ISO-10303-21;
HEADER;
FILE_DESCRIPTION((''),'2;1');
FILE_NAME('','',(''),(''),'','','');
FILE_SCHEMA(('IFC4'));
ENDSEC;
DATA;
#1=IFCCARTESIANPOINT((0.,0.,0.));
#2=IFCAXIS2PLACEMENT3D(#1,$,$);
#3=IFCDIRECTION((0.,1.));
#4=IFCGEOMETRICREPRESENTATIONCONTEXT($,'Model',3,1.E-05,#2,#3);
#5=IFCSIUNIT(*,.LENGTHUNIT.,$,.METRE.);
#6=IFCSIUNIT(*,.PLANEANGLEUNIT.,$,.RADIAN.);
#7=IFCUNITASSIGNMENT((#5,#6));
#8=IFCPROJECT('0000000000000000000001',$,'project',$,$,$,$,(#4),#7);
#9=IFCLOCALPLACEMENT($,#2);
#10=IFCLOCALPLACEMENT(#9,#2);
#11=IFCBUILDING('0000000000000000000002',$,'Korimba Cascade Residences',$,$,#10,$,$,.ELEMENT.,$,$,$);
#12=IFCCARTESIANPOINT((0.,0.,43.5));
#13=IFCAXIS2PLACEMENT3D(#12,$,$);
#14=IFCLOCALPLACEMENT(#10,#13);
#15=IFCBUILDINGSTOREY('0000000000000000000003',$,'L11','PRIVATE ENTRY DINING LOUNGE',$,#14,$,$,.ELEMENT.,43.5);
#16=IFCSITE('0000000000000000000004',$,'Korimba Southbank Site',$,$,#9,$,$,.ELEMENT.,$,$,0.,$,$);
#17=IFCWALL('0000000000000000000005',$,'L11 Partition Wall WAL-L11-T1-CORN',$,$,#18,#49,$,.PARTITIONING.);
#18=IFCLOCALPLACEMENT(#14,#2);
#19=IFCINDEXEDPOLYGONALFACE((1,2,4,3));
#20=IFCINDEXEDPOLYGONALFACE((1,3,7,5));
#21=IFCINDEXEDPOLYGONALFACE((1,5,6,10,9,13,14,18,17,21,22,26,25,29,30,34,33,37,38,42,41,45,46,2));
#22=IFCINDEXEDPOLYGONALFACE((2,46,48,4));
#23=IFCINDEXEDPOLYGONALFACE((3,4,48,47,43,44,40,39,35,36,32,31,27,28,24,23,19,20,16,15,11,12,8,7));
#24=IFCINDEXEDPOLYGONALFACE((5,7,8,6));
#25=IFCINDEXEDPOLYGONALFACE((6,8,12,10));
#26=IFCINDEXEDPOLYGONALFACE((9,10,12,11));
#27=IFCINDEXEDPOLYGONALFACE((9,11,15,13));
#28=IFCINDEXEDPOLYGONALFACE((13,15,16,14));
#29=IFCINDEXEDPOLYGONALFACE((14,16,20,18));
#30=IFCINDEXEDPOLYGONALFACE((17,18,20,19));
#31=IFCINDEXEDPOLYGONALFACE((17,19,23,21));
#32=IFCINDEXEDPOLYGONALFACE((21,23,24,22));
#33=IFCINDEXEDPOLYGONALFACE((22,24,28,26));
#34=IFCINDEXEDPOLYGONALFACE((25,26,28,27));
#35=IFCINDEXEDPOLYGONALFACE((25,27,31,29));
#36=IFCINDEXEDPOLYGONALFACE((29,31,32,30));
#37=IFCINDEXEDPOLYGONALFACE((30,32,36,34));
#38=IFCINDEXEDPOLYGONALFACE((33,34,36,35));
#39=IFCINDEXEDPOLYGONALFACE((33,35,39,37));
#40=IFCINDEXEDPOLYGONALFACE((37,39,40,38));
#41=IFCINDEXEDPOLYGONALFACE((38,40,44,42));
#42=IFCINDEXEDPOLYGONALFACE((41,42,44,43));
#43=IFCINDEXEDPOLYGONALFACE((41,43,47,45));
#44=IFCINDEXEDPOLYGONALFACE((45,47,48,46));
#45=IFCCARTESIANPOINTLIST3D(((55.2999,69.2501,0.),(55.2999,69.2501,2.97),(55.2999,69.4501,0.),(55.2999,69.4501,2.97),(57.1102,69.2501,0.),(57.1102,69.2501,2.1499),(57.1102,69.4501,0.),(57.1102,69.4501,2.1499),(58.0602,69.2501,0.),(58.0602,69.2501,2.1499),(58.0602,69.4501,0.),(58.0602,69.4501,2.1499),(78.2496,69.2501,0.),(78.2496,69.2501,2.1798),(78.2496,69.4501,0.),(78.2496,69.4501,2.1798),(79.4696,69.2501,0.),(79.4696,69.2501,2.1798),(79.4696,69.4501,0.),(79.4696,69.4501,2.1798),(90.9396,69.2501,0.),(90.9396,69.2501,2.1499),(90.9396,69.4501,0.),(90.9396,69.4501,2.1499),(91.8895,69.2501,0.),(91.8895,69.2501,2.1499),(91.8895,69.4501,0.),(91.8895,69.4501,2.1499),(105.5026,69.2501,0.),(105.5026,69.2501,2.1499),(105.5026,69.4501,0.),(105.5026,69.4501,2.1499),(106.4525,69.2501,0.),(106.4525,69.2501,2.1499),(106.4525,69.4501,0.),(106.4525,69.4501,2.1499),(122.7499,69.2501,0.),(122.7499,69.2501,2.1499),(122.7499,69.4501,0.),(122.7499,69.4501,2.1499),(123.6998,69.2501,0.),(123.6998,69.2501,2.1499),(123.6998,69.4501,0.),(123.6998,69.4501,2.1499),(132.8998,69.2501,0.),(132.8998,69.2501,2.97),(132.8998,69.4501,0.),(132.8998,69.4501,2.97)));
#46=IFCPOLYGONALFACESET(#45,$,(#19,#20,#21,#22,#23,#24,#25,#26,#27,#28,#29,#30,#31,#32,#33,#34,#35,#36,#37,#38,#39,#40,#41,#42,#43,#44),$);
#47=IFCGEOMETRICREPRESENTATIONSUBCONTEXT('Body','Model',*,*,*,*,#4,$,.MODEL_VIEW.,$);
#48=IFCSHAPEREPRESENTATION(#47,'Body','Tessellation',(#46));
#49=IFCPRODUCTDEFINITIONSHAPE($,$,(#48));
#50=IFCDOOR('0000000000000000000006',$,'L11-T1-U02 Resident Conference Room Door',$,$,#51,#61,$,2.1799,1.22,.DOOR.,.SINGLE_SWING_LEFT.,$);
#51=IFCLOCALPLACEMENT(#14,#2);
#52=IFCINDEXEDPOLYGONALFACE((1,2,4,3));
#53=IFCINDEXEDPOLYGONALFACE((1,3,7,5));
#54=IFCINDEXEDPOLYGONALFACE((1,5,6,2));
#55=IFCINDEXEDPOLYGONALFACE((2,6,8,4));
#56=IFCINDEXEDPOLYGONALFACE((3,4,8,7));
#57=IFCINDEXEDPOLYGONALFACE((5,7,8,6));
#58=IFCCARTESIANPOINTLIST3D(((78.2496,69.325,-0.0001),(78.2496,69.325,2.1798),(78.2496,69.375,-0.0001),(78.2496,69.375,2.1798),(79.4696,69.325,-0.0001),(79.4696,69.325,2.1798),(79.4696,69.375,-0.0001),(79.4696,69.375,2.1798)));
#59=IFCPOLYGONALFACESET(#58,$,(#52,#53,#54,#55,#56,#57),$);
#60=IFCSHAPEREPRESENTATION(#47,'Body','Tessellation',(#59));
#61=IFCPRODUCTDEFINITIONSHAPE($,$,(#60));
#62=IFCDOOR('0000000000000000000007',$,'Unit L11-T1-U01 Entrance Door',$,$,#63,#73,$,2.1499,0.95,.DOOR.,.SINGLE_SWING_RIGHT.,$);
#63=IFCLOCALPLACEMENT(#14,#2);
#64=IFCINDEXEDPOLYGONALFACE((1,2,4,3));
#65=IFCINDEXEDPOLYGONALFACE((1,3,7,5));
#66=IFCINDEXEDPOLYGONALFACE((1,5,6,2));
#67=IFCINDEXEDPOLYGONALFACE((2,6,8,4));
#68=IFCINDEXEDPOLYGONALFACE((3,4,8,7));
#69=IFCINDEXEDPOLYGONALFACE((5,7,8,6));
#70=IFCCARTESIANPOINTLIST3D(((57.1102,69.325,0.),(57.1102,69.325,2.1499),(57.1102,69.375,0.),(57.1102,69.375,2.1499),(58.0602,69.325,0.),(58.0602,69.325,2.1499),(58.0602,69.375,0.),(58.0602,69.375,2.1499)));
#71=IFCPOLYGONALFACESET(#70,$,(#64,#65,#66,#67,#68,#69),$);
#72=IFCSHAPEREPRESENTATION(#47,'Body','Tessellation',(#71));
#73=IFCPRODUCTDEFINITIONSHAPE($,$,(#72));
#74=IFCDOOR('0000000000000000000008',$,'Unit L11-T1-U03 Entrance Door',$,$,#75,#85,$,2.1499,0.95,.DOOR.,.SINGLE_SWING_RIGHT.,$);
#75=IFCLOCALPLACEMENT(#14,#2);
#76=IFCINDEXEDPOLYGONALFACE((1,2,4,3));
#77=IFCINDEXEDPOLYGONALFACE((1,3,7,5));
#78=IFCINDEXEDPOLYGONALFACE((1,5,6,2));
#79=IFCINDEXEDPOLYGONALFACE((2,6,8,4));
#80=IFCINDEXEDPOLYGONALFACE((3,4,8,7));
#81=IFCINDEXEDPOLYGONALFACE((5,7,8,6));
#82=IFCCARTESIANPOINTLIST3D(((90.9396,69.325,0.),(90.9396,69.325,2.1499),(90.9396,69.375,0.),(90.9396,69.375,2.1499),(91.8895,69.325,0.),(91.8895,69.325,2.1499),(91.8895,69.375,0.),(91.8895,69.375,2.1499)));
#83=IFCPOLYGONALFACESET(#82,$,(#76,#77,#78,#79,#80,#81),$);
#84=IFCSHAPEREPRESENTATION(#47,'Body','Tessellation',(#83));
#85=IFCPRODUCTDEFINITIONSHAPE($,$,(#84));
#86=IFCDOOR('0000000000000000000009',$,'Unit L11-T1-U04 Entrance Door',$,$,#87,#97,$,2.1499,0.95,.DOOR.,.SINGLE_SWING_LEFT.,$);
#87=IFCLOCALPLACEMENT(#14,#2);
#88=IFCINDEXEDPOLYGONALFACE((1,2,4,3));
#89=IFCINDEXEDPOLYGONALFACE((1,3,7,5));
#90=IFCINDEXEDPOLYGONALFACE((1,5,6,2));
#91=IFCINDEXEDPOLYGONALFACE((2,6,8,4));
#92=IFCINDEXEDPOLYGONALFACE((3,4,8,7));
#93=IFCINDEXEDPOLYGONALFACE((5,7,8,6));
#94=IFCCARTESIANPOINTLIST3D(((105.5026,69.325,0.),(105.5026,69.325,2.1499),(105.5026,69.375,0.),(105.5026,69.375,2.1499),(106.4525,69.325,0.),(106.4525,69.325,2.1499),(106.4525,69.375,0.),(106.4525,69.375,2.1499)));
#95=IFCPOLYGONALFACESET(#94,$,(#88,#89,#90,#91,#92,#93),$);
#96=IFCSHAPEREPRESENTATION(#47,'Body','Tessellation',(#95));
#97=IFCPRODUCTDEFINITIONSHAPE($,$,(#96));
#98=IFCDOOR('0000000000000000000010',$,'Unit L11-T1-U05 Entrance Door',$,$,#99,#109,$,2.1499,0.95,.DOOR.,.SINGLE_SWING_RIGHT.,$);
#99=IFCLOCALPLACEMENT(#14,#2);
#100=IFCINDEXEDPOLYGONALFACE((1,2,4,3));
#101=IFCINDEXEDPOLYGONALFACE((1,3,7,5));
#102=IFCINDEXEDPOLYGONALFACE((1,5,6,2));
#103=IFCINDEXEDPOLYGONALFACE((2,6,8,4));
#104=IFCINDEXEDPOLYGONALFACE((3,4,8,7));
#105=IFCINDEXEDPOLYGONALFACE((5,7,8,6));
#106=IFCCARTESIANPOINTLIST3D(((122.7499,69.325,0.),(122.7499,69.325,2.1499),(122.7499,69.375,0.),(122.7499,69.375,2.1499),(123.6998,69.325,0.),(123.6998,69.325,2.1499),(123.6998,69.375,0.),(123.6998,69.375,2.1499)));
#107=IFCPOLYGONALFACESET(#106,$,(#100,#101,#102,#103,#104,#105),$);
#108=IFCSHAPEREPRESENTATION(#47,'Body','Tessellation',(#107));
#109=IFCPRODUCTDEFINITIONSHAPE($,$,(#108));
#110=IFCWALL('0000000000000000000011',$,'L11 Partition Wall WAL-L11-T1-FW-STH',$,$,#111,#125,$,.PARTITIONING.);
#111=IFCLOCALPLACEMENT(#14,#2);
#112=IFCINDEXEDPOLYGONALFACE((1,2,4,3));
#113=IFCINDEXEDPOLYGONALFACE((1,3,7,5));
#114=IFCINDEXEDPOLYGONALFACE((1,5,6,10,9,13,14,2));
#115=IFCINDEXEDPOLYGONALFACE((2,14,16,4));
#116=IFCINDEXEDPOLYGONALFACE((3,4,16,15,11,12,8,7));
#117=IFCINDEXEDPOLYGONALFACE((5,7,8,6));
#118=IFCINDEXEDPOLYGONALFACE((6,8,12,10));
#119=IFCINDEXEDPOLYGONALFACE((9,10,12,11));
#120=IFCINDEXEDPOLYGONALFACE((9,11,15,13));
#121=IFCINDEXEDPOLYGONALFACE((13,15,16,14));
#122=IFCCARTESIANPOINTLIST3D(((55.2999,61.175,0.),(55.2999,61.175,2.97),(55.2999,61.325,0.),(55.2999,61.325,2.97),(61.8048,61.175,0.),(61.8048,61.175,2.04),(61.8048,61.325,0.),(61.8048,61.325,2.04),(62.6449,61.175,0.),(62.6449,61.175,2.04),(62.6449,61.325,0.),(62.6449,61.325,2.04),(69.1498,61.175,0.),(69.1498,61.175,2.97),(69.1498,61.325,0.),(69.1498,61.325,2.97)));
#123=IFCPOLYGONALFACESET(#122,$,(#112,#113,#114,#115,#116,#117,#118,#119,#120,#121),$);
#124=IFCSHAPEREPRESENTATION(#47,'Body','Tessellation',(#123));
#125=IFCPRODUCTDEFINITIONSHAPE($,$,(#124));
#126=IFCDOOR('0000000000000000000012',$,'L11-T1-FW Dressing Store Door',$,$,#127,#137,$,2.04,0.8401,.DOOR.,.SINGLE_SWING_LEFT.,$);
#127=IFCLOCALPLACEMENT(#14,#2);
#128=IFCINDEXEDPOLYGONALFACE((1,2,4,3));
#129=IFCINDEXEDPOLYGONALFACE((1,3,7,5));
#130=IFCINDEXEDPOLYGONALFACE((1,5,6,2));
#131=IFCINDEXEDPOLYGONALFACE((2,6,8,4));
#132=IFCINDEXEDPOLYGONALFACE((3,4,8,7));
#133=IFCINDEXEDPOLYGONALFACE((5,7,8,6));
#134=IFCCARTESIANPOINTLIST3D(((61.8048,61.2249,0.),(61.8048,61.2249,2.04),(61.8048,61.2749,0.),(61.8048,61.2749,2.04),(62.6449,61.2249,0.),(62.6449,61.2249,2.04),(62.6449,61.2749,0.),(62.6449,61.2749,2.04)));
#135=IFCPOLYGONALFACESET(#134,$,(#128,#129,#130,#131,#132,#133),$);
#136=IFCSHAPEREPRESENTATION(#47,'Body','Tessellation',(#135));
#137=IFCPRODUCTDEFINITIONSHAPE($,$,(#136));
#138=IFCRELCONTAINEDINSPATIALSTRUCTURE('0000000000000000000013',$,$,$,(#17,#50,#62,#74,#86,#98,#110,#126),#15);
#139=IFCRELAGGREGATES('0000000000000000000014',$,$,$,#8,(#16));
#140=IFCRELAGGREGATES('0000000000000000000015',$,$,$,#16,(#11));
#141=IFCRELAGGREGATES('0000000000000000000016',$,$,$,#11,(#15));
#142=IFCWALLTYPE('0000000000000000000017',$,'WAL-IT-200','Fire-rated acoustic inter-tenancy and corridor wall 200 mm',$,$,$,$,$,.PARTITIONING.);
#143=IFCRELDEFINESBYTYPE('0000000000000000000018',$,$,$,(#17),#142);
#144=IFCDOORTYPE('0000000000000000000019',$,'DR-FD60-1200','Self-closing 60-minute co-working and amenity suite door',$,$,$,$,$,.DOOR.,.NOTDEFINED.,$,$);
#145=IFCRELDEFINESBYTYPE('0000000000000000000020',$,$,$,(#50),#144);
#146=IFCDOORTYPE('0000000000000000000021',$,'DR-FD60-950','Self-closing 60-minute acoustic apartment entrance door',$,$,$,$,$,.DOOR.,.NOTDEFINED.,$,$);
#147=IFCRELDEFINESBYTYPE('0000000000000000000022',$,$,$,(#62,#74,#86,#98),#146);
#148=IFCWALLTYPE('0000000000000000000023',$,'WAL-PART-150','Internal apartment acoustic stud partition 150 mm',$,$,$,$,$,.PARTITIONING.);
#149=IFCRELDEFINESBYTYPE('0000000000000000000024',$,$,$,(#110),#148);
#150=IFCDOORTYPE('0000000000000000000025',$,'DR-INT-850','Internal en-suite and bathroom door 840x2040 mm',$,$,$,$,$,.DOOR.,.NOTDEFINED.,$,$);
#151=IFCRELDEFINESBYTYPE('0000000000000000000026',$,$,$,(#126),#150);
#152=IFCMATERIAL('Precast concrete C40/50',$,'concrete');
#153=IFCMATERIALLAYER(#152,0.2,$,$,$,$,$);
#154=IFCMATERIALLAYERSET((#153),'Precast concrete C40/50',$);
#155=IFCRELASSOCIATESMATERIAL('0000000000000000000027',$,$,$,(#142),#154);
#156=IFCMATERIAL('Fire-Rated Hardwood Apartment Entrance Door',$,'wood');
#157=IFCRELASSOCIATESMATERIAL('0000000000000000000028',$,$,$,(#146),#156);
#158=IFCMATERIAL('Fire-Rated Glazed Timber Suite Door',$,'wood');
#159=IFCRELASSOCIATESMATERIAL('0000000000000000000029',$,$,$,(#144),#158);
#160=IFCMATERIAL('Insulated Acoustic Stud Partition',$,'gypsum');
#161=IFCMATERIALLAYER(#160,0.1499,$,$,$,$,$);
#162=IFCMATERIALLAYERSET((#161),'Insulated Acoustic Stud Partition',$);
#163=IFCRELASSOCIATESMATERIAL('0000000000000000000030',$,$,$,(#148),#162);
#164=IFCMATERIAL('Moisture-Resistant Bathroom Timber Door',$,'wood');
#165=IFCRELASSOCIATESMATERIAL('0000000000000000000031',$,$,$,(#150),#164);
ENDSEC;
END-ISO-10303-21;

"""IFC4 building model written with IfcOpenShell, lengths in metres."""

from ifc_helpers import new_model, si_unit, direction, frame, frame_2d, origin, place, context, subcontext, project, spatial, rectangle, extrude, material, layer, layer_set, type_object, element, fill, save


model = new_model("IFC4")

# Units and contexts
model_context = context("Model", 3, precision=1e-05, world=origin(), true_north=direction((0.0, 1.0)))
body_context = subcontext(model_context, "Body", "Model", "MODEL_VIEW")
ifc_project = project(units=[si_unit("LENGTHUNIT", "METRE"), si_unit("PLANEANGLEUNIT", "RADIAN")], contexts=[model_context])

# Site, building, storey
site_placement = place(None, origin())
site = spatial("IfcSite", under=ifc_project, at=site_placement, Name="Korimba Southbank Site", CompositionType="ELEMENT", RefElevation=0.0)
building_placement = place(site_placement, origin())
building = spatial("IfcBuilding", under=site, at=building_placement, Name="Korimba Cascade Residences", CompositionType="ELEMENT")
storey_placement = place(building_placement, frame((0.0, 0.0, 43.5)))
storey = spatial("IfcBuildingStorey", under=building, at=storey_placement, Name="L11", Description="PRIVATE ENTRY DINING LOUNGE", CompositionType="ELEMENT", Elevation=43.5)

# Shared definitions
ifc_material_1 = material(Name="Precast concrete C40/50", Category="concrete")
ifc_layer_1 = layer(ifc_material_1, 0.2)
ifc_layer_set_1 = layer_set([ifc_layer_1], Name="Precast concrete C40/50")
wall_type_1 = type_object("IfcWallType", Name="WAL-IT-200", Description="Fire-rated acoustic inter-tenancy and corridor wall 200 mm", PredefinedType="PARTITIONING", material=ifc_layer_set_1)
ifc_material_2 = material(Name="Fire-Rated Hardwood Apartment Entrance Door", Category="wood")
door_type_1 = type_object("IfcDoorType", Name="DR-FD60-950", Description="Self-closing 60-minute acoustic apartment entrance door", OperationType="NOTDEFINED", PredefinedType="DOOR", material=ifc_material_2)

# Wall, openings, doors
wall_1_placement = place(storey_placement, frame((55.3, 69.3501, 0.0), z_axis=(0.0, 0.0, 1.0), x_axis=(1.0, 0.0, 0.0)))
wall_1 = element("IfcWall", 1, at=wall_1_placement, inside=storey, type_object=wall_type_1, Name="L11 Partition Wall WAL-L11-T1-CORN", PredefinedType="PARTITIONING", context=body_context, shape_type="SweptSolid", body=[
    extrude(rectangle(XDim=77.5999, YDim=0.2, at=frame_2d((38.7998, 0.0))), origin(), (0.0, 0.0, 1.0), 2.97),
])
opening_1_placement = place(wall_1_placement, frame((1.8101, 0.0, 0.0)))
opening_1 = element("IfcOpeningElement", 2, at=opening_1_placement, cuts=wall_1, PredefinedType="OPENING", context=body_context, shape_type="SweptSolid", body=[
    extrude(rectangle(XDim=0.95, YDim=2.1499, at=frame_2d((0.4751, 1.075))), frame((0.0, 0.1099, 0.0), z_axis=(0.0, -1.0, 0.0), x_axis=(1.0, 0.0, 0.0)), (0.0, 0.0, 1.0), 0.22),
])
opening_2_placement = place(wall_1_placement, frame((22.9497, 0.0, 0.0)))
opening_2 = element("IfcOpeningElement", 3, at=opening_2_placement, cuts=wall_1, PredefinedType="OPENING", context=body_context, shape_type="SweptSolid", body=[
    extrude(rectangle(XDim=1.22, YDim=2.1799, at=frame_2d((0.6099, 1.0898))), frame((0.0, 0.1099, 0.0), z_axis=(0.0, -1.0, 0.0), x_axis=(1.0, 0.0, 0.0)), (0.0, 0.0, 1.0), 0.22),
])
opening_3_placement = place(wall_1_placement, frame((35.6394, 0.0, 0.0)))
opening_3 = element("IfcOpeningElement", 4, at=opening_3_placement, cuts=wall_1, PredefinedType="OPENING", context=body_context, shape_type="SweptSolid", body=[
    extrude(rectangle(XDim=0.95, YDim=2.1499, at=frame_2d((0.4751, 1.075))), frame((0.0, 0.1099, 0.0), z_axis=(0.0, -1.0, 0.0), x_axis=(1.0, 0.0, 0.0)), (0.0, 0.0, 1.0), 0.22),
])
opening_4_placement = place(wall_1_placement, frame((50.2024, 0.0, 0.0)))
opening_4 = element("IfcOpeningElement", 5, at=opening_4_placement, cuts=wall_1, PredefinedType="OPENING", context=body_context, shape_type="SweptSolid", body=[
    extrude(rectangle(XDim=0.95, YDim=2.1499, at=frame_2d((0.4751, 1.075))), frame((0.0, 0.1099, 0.0), z_axis=(0.0, -1.0, 0.0), x_axis=(1.0, 0.0, 0.0)), (0.0, 0.0, 1.0), 0.22),
])
opening_5_placement = place(wall_1_placement, frame((67.4497, 0.0, 0.0)))
opening_5 = element("IfcOpeningElement", 6, at=opening_5_placement, cuts=wall_1, PredefinedType="OPENING", context=body_context, shape_type="SweptSolid", body=[
    extrude(rectangle(XDim=0.95, YDim=2.1499, at=frame_2d((0.4751, 1.075))), frame((0.0, 0.1099, 0.0), z_axis=(0.0, -1.0, 0.0), x_axis=(1.0, 0.0, 0.0)), (0.0, 0.0, 1.0), 0.22),
])
ifc_material_3 = material(Name="Fire-Rated Glazed Timber Suite Door", Category="wood")
door_type_2 = type_object("IfcDoorType", Name="DR-FD60-1200", Description="Self-closing 60-minute co-working and amenity suite door", OperationType="NOTDEFINED", PredefinedType="DOOR", material=ifc_material_3)
door_1_placement = place(opening_2_placement, origin())
door_1 = element("IfcDoor", 7, at=door_1_placement, inside=storey, type_object=door_type_2, Name="L11-T1-U02 Resident Conference Room Door", OperationType="SINGLE_SWING_LEFT", OverallHeight=2.1799, OverallWidth=1.22, PredefinedType="DOOR", context=body_context, shape_type="SweptSolid", body=[
    extrude(rectangle(XDim=1.22, YDim=2.1799, at=frame_2d((0.6099, 1.0898))), frame((0.0, 0.0249, 0.0), z_axis=(0.0, -1.0, 0.0), x_axis=(1.0, 0.0, 0.0)), (0.0, 0.0, 1.0), 0.05),
])
fill(opening_2, door_1)
door_2_placement = place(opening_1_placement, origin())
door_2 = element("IfcDoor", 8, at=door_2_placement, inside=storey, type_object=door_type_1, Name="Unit L11-T1-U01 Entrance Door", OperationType="SINGLE_SWING_RIGHT", OverallHeight=2.1499, OverallWidth=0.95, PredefinedType="DOOR", context=body_context, shape_type="SweptSolid", body=[
    extrude(rectangle(XDim=0.95, YDim=2.1499, at=frame_2d((0.4751, 1.075))), frame((0.0, 0.0249, 0.0), z_axis=(0.0, -1.0, 0.0), x_axis=(1.0, 0.0, 0.0)), (0.0, 0.0, 1.0), 0.05),
])
fill(opening_1, door_2)
door_3_placement = place(opening_3_placement, origin())
door_3 = element("IfcDoor", 9, at=door_3_placement, inside=storey, type_object=door_type_1, Name="Unit L11-T1-U03 Entrance Door", OperationType="SINGLE_SWING_RIGHT", OverallHeight=2.1499, OverallWidth=0.95, PredefinedType="DOOR", context=body_context, shape_type="SweptSolid", body=[
    extrude(rectangle(XDim=0.95, YDim=2.1499, at=frame_2d((0.4751, 1.075))), frame((0.0, 0.0249, 0.0), z_axis=(0.0, -1.0, 0.0), x_axis=(1.0, 0.0, 0.0)), (0.0, 0.0, 1.0), 0.05),
])
fill(opening_3, door_3)
door_4_placement = place(opening_4_placement, origin())
door_4 = element("IfcDoor", 10, at=door_4_placement, inside=storey, type_object=door_type_1, Name="Unit L11-T1-U04 Entrance Door", OperationType="SINGLE_SWING_LEFT", OverallHeight=2.1499, OverallWidth=0.95, PredefinedType="DOOR", context=body_context, shape_type="SweptSolid", body=[
    extrude(rectangle(XDim=0.95, YDim=2.1499, at=frame_2d((0.4751, 1.075))), frame((0.0, 0.0249, 0.0), z_axis=(0.0, -1.0, 0.0), x_axis=(1.0, 0.0, 0.0)), (0.0, 0.0, 1.0), 0.05),
])
fill(opening_4, door_4)
door_5_placement = place(opening_5_placement, origin())
door_5 = element("IfcDoor", 11, at=door_5_placement, inside=storey, type_object=door_type_1, Name="Unit L11-T1-U05 Entrance Door", OperationType="SINGLE_SWING_RIGHT", OverallHeight=2.1499, OverallWidth=0.95, PredefinedType="DOOR", context=body_context, shape_type="SweptSolid", body=[
    extrude(rectangle(XDim=0.95, YDim=2.1499, at=frame_2d((0.4751, 1.075))), frame((0.0, 0.0249, 0.0), z_axis=(0.0, -1.0, 0.0), x_axis=(1.0, 0.0, 0.0)), (0.0, 0.0, 1.0), 0.05),
])
fill(opening_5, door_5)

# Wall, opening, door
ifc_material_4 = material(Name="Insulated Acoustic Stud Partition", Category="gypsum")
ifc_layer_2 = layer(ifc_material_4, 0.1499)
ifc_layer_set_2 = layer_set([ifc_layer_2], Name="Insulated Acoustic Stud Partition")
wall_type_2 = type_object("IfcWallType", Name="WAL-PART-150", Description="Internal apartment acoustic stud partition 150 mm", PredefinedType="PARTITIONING", material=ifc_layer_set_2)
wall_2_placement = place(storey_placement, frame((55.3, 61.25, 0.0), z_axis=(0.0, 0.0, 1.0), x_axis=(1.0, 0.0, 0.0)))
wall_2 = element("IfcWall", 12, at=wall_2_placement, inside=storey, type_object=wall_type_2, Name="L11 Partition Wall WAL-L11-T1-FW-STH", PredefinedType="PARTITIONING", context=body_context, shape_type="SweptSolid", body=[
    extrude(rectangle(XDim=13.8499, YDim=0.1499, at=frame_2d((6.9248, 0.0))), origin(), (0.0, 0.0, 1.0), 2.97),
])
opening_6_placement = place(wall_2_placement, frame((6.5049, 0.0, 0.0)))
opening_6 = element("IfcOpeningElement", 13, at=opening_6_placement, cuts=wall_2, PredefinedType="OPENING", context=body_context, shape_type="SweptSolid", body=[
    extrude(rectangle(XDim=0.8401, YDim=2.04, at=frame_2d((0.4199, 1.02))), frame((0.0, 0.085, 0.0), z_axis=(0.0, -1.0, 0.0), x_axis=(1.0, 0.0, 0.0)), (0.0, 0.0, 1.0), 0.1699),
])
ifc_material_5 = material(Name="Moisture-Resistant Bathroom Timber Door", Category="wood")
door_type_3 = type_object("IfcDoorType", Name="DR-INT-850", Description="Internal en-suite and bathroom door 840x2040 mm", OperationType="NOTDEFINED", PredefinedType="DOOR", material=ifc_material_5)
door_6_placement = place(opening_6_placement, origin())
door_6 = element("IfcDoor", 14, at=door_6_placement, inside=storey, type_object=door_type_3, Name="L11-T1-FW Dressing Store Door", OperationType="SINGLE_SWING_LEFT", OverallHeight=2.04, OverallWidth=0.8401, PredefinedType="DOOR", context=body_context, shape_type="SweptSolid", body=[
    extrude(rectangle(XDim=0.8401, YDim=2.04, at=frame_2d((0.4199, 1.02))), frame((0.0, 0.0249, 0.0), z_axis=(0.0, -1.0, 0.0), x_axis=(1.0, 0.0, 0.0)), (0.0, 0.0, 1.0), 0.05),
])
fill(opening_6, door_6)

save(model, "model.ifc")
